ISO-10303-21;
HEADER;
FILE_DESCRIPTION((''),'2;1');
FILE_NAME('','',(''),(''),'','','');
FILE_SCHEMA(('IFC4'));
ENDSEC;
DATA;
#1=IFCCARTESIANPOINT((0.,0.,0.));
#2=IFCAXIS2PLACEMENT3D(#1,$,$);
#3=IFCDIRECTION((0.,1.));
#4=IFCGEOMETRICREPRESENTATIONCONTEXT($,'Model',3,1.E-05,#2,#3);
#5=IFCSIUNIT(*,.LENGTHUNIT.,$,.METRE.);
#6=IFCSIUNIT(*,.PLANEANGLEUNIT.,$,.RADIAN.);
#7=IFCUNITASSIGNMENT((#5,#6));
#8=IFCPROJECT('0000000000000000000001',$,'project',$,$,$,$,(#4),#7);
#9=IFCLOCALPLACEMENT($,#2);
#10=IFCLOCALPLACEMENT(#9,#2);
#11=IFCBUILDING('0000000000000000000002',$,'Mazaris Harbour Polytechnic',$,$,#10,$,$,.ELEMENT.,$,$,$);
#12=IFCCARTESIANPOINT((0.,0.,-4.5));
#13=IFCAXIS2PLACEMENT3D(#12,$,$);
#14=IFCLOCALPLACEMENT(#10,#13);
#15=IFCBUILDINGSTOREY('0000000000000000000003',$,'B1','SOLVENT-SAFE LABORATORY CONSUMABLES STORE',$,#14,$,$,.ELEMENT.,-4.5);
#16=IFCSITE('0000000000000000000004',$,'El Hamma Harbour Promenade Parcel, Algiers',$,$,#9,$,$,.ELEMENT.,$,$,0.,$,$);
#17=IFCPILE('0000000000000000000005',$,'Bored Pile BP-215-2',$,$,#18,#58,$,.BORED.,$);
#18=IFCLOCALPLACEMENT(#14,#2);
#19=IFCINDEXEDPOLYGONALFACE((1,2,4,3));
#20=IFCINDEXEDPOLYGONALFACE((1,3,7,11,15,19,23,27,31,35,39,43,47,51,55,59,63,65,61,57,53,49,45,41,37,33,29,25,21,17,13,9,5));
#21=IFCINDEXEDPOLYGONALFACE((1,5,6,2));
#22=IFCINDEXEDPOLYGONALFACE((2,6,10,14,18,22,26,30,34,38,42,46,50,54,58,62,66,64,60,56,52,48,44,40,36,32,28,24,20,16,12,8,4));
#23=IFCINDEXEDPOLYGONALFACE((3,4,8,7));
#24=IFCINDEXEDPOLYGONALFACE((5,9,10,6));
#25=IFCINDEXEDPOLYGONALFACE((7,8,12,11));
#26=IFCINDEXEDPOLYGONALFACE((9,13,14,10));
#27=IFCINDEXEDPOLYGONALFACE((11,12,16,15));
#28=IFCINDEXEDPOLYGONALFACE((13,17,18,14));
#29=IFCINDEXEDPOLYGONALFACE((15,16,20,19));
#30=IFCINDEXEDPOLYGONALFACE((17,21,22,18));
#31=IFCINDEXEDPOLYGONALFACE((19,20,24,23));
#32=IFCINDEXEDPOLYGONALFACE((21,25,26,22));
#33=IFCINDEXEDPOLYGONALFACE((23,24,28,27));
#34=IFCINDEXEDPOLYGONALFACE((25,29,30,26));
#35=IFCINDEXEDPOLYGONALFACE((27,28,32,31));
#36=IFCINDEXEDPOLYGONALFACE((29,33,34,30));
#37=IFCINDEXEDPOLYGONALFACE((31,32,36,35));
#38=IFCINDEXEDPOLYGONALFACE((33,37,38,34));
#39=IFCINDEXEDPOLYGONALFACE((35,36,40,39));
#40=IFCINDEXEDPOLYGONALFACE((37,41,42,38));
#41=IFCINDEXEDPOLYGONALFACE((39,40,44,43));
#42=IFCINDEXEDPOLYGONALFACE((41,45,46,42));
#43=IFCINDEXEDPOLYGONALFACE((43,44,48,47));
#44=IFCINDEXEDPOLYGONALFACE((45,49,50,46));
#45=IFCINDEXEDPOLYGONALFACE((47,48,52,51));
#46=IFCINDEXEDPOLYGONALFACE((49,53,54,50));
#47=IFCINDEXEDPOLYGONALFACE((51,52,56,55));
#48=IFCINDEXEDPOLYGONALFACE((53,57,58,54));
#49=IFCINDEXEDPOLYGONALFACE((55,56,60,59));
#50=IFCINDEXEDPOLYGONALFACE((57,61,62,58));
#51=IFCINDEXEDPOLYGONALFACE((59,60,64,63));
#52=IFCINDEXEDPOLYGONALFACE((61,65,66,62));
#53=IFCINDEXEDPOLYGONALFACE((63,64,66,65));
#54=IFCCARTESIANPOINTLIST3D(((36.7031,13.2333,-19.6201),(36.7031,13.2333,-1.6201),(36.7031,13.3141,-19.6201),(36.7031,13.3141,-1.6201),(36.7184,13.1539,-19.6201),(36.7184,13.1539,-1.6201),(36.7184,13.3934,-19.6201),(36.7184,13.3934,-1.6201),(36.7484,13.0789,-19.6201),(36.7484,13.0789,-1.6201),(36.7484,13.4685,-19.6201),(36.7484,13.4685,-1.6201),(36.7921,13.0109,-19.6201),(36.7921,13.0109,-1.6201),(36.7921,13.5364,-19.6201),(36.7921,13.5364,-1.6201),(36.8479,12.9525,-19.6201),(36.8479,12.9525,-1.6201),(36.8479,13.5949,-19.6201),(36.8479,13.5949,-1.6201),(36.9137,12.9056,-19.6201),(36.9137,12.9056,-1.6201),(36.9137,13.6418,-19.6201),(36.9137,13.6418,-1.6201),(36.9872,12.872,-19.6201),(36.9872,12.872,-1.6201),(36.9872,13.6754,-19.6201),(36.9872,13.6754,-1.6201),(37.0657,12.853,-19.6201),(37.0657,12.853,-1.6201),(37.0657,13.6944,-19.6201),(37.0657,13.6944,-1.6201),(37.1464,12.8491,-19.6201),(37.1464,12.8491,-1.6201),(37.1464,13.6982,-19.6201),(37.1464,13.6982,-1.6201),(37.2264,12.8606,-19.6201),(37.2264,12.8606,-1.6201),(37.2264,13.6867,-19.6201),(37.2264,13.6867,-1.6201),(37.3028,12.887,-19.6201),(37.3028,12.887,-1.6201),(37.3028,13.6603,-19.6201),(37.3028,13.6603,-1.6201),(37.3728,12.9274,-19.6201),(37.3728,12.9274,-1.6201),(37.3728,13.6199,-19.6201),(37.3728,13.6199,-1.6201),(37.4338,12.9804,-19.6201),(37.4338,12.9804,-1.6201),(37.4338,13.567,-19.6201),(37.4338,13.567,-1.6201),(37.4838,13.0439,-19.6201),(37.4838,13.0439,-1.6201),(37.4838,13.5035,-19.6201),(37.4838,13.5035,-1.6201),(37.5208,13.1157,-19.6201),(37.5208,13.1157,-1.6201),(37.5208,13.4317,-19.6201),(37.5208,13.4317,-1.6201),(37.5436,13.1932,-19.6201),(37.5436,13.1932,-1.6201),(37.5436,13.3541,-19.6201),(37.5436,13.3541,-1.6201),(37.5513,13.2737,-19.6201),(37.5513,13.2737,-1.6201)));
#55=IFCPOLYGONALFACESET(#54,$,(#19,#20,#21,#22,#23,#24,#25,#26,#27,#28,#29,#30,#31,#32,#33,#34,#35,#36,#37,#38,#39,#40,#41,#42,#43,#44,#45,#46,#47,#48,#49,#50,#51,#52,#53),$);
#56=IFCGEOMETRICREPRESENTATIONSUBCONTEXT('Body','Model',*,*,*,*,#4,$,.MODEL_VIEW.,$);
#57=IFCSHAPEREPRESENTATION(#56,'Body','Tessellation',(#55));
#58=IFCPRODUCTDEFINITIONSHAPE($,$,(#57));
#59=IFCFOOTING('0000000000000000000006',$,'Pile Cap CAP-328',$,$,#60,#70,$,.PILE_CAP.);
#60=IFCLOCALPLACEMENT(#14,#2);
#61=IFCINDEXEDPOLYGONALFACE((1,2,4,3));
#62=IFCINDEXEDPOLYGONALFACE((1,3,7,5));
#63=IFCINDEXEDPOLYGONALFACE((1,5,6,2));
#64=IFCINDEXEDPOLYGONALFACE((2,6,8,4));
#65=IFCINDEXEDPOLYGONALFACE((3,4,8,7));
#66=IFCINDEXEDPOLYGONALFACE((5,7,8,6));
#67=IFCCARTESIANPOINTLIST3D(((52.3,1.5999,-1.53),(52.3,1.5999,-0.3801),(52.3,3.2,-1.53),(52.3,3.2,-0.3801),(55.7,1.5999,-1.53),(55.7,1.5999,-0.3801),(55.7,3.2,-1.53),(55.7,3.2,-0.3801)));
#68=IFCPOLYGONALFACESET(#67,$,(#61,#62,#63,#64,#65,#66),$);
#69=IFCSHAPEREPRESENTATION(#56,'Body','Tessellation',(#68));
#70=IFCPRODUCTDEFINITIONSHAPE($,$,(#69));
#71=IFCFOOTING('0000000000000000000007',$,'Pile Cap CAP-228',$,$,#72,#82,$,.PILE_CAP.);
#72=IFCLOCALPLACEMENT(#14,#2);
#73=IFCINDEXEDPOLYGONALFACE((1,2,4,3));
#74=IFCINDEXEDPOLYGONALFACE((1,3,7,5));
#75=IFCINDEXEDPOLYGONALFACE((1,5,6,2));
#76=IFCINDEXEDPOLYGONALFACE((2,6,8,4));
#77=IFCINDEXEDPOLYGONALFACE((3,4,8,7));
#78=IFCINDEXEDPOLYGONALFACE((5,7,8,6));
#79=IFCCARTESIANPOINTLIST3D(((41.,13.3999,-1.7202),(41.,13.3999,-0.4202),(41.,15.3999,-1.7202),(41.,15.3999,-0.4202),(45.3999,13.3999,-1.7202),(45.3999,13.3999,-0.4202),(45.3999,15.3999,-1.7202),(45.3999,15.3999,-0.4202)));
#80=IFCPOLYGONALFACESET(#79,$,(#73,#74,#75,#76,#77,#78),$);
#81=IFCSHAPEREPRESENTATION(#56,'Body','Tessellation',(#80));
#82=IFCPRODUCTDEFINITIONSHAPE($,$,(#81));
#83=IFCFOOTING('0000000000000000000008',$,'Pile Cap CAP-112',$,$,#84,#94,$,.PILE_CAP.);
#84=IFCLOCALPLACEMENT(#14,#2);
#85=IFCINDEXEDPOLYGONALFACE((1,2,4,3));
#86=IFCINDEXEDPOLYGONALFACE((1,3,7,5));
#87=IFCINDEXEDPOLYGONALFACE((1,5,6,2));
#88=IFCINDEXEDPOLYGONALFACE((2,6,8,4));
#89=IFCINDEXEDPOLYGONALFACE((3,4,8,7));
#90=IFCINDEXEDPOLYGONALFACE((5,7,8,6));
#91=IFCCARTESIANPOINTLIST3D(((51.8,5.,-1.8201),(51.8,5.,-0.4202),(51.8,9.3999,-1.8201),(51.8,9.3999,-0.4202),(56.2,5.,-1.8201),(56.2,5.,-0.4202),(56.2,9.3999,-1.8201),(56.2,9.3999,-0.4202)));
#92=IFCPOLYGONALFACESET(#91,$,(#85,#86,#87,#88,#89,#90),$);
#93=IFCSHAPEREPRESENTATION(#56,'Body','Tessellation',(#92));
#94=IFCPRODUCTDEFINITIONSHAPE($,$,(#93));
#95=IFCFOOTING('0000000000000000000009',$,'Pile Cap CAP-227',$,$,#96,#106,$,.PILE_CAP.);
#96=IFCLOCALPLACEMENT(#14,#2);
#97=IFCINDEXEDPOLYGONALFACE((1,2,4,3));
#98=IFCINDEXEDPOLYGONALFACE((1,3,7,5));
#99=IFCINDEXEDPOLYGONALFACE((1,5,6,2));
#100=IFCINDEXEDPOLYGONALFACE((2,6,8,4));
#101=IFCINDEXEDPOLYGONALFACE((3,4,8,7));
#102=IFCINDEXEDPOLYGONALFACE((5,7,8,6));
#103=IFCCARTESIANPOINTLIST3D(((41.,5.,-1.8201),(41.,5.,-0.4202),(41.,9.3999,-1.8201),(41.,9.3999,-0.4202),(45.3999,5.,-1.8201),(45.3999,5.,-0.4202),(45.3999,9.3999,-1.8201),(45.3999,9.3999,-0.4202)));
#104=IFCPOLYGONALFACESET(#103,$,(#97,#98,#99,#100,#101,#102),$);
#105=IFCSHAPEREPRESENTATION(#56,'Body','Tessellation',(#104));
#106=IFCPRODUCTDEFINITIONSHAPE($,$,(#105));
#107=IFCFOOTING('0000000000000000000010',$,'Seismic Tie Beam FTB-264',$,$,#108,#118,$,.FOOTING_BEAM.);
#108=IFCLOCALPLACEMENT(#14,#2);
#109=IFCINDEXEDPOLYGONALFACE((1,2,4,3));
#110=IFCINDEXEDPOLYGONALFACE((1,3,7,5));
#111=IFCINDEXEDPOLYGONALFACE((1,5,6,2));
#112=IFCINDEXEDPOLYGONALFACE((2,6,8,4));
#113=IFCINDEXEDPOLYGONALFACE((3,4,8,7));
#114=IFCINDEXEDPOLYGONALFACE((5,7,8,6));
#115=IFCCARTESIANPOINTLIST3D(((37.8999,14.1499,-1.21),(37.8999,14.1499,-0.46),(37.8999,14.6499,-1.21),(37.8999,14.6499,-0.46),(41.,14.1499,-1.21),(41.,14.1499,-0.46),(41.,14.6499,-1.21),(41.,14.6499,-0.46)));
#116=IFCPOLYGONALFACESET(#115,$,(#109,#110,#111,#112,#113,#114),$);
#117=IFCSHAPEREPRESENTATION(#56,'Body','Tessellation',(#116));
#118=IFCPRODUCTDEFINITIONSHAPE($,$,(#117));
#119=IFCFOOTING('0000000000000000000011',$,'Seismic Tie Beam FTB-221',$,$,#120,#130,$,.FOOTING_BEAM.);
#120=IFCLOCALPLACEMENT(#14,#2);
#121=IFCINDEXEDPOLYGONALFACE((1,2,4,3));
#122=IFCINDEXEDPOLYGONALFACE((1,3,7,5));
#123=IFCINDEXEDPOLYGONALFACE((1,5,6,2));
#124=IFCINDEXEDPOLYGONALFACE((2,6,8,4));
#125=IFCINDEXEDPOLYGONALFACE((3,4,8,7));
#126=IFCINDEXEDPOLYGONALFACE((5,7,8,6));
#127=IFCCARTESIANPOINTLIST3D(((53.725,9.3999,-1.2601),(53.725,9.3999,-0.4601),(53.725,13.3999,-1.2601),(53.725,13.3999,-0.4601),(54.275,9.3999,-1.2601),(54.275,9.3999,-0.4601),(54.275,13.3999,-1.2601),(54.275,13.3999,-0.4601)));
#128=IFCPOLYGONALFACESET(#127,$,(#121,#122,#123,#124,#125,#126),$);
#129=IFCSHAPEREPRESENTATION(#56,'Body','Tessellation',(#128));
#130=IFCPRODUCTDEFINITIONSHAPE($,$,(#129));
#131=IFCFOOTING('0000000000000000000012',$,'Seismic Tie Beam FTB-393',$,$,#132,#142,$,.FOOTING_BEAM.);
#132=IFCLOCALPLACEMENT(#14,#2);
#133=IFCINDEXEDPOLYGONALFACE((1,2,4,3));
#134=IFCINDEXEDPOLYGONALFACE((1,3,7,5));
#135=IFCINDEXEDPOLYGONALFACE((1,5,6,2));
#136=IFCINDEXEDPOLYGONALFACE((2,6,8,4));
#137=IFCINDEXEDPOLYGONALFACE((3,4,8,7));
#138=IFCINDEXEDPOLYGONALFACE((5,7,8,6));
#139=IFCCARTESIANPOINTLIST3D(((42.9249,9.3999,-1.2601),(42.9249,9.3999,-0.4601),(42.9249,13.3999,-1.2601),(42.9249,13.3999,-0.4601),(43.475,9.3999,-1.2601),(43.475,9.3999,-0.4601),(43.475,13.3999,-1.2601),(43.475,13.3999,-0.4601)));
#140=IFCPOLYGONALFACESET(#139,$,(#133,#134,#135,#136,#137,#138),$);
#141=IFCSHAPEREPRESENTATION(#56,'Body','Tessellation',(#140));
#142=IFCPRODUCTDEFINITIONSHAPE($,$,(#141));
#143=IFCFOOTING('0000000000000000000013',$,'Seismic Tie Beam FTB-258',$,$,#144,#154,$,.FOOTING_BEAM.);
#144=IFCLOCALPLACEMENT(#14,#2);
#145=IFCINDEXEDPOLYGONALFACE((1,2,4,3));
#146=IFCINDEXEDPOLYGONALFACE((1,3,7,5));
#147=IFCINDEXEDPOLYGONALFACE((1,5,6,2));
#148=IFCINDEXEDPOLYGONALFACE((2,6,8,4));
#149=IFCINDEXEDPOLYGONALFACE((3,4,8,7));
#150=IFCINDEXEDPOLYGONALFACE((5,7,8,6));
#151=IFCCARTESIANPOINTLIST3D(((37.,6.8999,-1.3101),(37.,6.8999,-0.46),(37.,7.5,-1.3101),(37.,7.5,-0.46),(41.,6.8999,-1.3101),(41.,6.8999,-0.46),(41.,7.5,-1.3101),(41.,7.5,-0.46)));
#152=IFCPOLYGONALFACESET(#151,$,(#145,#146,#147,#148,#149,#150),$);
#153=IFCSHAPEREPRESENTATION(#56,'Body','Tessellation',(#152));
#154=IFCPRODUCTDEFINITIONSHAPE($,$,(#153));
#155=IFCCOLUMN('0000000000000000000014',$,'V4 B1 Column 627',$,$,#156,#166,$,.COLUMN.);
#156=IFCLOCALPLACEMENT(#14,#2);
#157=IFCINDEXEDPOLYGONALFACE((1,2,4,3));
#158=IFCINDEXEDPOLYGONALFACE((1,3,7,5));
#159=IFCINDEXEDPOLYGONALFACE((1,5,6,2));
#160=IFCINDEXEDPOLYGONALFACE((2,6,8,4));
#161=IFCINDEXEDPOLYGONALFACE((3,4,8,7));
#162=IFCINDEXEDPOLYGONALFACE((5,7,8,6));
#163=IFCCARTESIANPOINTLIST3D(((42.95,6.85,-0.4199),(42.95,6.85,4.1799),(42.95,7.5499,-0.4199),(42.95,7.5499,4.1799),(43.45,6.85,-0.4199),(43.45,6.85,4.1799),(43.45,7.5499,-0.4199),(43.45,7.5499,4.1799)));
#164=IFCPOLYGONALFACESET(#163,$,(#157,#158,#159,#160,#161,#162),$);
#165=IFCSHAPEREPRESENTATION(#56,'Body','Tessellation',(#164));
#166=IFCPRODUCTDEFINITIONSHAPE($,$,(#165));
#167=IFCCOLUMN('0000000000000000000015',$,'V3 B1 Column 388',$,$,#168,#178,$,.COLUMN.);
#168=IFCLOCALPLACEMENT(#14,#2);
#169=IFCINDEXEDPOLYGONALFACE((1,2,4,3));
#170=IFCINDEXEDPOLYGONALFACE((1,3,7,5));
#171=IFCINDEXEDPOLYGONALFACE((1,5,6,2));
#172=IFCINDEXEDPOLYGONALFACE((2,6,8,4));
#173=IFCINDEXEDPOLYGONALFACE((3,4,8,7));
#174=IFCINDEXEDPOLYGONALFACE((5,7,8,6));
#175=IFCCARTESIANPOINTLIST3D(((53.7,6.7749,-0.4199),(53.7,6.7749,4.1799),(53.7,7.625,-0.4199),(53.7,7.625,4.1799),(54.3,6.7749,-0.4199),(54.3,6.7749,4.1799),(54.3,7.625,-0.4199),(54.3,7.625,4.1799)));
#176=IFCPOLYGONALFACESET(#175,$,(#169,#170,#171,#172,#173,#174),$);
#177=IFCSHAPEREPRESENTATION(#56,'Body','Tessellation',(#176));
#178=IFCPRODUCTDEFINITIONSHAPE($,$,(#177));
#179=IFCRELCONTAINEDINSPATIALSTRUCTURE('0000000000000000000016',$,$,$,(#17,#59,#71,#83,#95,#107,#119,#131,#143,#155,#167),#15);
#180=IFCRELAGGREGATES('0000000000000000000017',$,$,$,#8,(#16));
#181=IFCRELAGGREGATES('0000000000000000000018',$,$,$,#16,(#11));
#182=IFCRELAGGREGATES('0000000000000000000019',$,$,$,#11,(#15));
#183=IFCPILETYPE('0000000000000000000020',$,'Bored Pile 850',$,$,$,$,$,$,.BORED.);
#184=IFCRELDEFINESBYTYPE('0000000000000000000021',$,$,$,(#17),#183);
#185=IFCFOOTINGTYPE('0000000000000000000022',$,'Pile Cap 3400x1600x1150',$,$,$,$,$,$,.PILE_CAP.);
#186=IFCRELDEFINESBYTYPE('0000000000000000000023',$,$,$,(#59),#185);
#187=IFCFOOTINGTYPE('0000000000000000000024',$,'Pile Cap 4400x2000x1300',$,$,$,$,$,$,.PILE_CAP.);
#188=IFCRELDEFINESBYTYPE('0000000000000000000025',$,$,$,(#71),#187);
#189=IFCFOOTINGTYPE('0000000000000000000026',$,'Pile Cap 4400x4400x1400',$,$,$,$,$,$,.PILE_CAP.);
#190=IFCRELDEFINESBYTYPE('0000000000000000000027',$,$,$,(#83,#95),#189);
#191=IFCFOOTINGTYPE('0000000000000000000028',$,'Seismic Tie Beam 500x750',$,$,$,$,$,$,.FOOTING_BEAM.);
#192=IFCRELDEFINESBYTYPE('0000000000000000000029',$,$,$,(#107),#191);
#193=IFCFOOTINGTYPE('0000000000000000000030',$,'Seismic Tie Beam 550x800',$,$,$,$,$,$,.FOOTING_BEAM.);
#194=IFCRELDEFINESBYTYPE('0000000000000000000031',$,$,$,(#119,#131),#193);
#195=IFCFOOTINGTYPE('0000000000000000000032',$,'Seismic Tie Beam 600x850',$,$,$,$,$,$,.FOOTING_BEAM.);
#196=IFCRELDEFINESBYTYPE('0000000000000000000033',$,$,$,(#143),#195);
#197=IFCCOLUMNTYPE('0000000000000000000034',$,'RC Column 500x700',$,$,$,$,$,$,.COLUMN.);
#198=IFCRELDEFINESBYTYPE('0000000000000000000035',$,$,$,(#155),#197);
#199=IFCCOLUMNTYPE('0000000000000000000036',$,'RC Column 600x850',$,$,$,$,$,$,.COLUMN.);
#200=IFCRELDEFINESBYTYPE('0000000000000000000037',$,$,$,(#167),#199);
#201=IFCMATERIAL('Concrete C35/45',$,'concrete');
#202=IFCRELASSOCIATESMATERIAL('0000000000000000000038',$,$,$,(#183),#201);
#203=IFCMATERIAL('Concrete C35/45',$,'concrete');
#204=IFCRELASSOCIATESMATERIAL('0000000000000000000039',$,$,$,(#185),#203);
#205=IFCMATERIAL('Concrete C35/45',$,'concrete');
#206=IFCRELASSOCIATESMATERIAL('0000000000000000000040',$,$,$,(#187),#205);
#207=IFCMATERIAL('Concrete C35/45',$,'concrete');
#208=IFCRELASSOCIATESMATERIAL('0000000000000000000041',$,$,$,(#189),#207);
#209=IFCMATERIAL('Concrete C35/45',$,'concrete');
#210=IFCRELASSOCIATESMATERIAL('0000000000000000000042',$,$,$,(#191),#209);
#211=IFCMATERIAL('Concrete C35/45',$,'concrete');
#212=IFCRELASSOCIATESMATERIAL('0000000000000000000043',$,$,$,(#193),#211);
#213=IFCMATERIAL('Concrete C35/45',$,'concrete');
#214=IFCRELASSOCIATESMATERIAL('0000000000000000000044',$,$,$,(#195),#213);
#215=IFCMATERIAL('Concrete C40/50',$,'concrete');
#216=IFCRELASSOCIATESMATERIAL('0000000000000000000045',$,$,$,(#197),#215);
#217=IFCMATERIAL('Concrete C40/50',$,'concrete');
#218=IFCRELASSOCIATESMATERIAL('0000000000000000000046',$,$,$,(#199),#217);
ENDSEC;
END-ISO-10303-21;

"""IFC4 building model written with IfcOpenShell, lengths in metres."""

from ifc_helpers import new_model, si_unit, direction, frame, origin, origin_2d, place, context, subcontext, project, spatial, rectangle, circle, extrude, material, material_profile, profile_set, type_object, element, save


model = new_model("IFC4")

# Units and contexts
model_context = context("Model", 3, precision=1e-05, world=origin(), true_north=direction((0.0, 1.0)))
body_context = subcontext(model_context, "Body", "Model", "MODEL_VIEW")
ifc_project = project(units=[si_unit("LENGTHUNIT", "METRE"), si_unit("PLANEANGLEUNIT", "RADIAN")], contexts=[model_context])

# Site, building, storey
site_placement = place(None, origin())
site = spatial("IfcSite", under=ifc_project, at=site_placement, Name="El Hamma Harbour Promenade Parcel, Algiers", CompositionType="ELEMENT", RefElevation=0.0)
building_placement = place(site_placement, origin())
building = spatial("IfcBuilding", under=site, at=building_placement, Name="Mazaris Harbour Polytechnic", CompositionType="ELEMENT")
storey_placement = place(building_placement, frame((0.0, 0.0, -4.5)))
storey = spatial("IfcBuildingStorey", under=building, at=storey_placement, Name="B1", Description="SOLVENT-SAFE LABORATORY CONSUMABLES STORE", CompositionType="ELEMENT", Elevation=-4.5)

# Pile
ifc_material_1 = material(Name="Concrete C35/45", Category="concrete")
ifc_material_profile_1 = material_profile(ifc_material_1, circle(Radius=0.425, at=origin_2d()), Name="DIA850")
ifc_profile_set_1 = profile_set([ifc_material_profile_1], Name="Concrete C35/45")
pile_type_1 = type_object("IfcPileType", Name="Bored Pile 850", PredefinedType="BORED", material=ifc_profile_set_1)
pile_1_placement = place(storey_placement, frame((37.1262, 13.2737, -1.6201), z_axis=(0.0, 0.0, -1.0), x_axis=(1.0, 0.0, 0.0)))
element("IfcPile", 1, at=pile_1_placement, inside=storey, type_object=pile_type_1, Name="Bored Pile BP-215-2", PredefinedType="BORED", context=body_context, shape_type="SweptSolid", body=[
    extrude(circle(Radius=0.425, at=origin_2d()), origin(), (0.0, 0.0, 1.0), 18.0),
])

# Footings
ifc_material_2 = material(Name="Concrete C35/45", Category="concrete")
footing_type_1 = type_object("IfcFootingType", Name="Pile Cap 3400x1600x1150", PredefinedType="PILE_CAP", material=ifc_material_2)
footing_1_placement = place(storey_placement, frame((54.0, 2.3999, -1.53), z_axis=(0.0, 0.0, 1.0), x_axis=(1.0, 0.0, 0.0)))
element("IfcFooting", 2, at=footing_1_placement, inside=storey, type_object=footing_type_1, Name="Pile Cap CAP-328", PredefinedType="PILE_CAP", context=body_context, shape_type="SweptSolid", body=[
    extrude(rectangle(XDim=3.3999, YDim=1.6001, at=origin_2d()), origin(), (0.0, 0.0, 1.0), 1.1499),
])
ifc_material_3 = material(Name="Concrete C35/45", Category="concrete")
footing_type_2 = type_object("IfcFootingType", Name="Pile Cap 4400x2000x1300", PredefinedType="PILE_CAP", material=ifc_material_3)
footing_2_placement = place(storey_placement, frame((43.2, 14.3999, -1.7202), z_axis=(0.0, 0.0, 1.0), x_axis=(1.0, 0.0, 0.0)))
element("IfcFooting", 3, at=footing_2_placement, inside=storey, type_object=footing_type_2, Name="Pile Cap CAP-228", PredefinedType="PILE_CAP", context=body_context, shape_type="SweptSolid", body=[
    extrude(rectangle(XDim=4.3999, YDim=2.0, at=origin_2d()), origin(), (0.0, 0.0, 1.0), 1.3),
])
ifc_material_4 = material(Name="Concrete C35/45", Category="concrete")
footing_type_3 = type_object("IfcFootingType", Name="Pile Cap 4400x4400x1400", PredefinedType="PILE_CAP", material=ifc_material_4)
for number, where, z_axis, x_axis, name in (
    (4, (54.0, 7.2, -1.8201), (0.0, 0.0, 1.0), (1.0, 0.0, 0.0), "Pile Cap CAP-112"),
    (5, (43.2, 7.2, -1.8201), (0.0, 0.0, 1.0), (1.0, 0.0, 0.0), "Pile Cap CAP-227"),
):
    element("IfcFooting", number, at=place(storey_placement, frame(where, z_axis=z_axis, x_axis=x_axis)), inside=storey, type_object=footing_type_3, Name=name, PredefinedType="PILE_CAP", context=body_context, shape_type="SweptSolid", body=[
        extrude(rectangle(XDim=4.3999, YDim=4.3999, at=origin_2d()), origin(), (0.0, 0.0, 1.0), 1.3999),
    ])
ifc_material_5 = material(Name="Concrete C35/45", Category="concrete")
ifc_material_profile_2 = material_profile(ifc_material_5, rectangle(XDim=0.5, YDim=0.75, at=origin_2d()), Name="RECT500x750")
ifc_profile_set_2 = profile_set([ifc_material_profile_2], Name="Concrete C35/45")
footing_type_4 = type_object("IfcFootingType", Name="Seismic Tie Beam 500x750", PredefinedType="FOOTING_BEAM", material=ifc_profile_set_2)
footing_3_placement = place(storey_placement, frame((37.8999, 14.3999, -0.835), z_axis=(1.0, 0.0, 0.0), x_axis=(0.0, 1.0, 0.0)))
element("IfcFooting", 6, at=footing_3_placement, inside=storey, type_object=footing_type_4, Name="Seismic Tie Beam FTB-264", PredefinedType="FOOTING_BEAM", context=body_context, shape_type="SweptSolid", body=[
    extrude(rectangle(XDim=0.5, YDim=0.75, at=origin_2d()), origin(), (0.0, 0.0, 1.0), 3.1001),
])
ifc_material_6 = material(Name="Concrete C35/45", Category="concrete")
ifc_material_profile_3 = material_profile(ifc_material_6, rectangle(XDim=0.55, YDim=0.8, at=origin_2d()), Name="RECT550x800")
ifc_profile_set_3 = profile_set([ifc_material_profile_3], Name="Concrete C35/45")
footing_type_5 = type_object("IfcFootingType", Name="Seismic Tie Beam 550x800", PredefinedType="FOOTING_BEAM", material=ifc_profile_set_3)
for number, where, z_axis, x_axis, name in (
    (7, (54.0, 9.3999, -0.8601), (0.0, 1.0, 0.0), (-1.0, 0.0, 0.0), "Seismic Tie Beam FTB-221"),
    (8, (43.2, 9.3999, -0.8601), (0.0, 1.0, 0.0), (-1.0, 0.0, 0.0), "Seismic Tie Beam FTB-393"),
):
    element("IfcFooting", number, at=place(storey_placement, frame(where, z_axis=z_axis, x_axis=x_axis)), inside=storey, type_object=footing_type_5, Name=name, PredefinedType="FOOTING_BEAM", context=body_context, shape_type="SweptSolid", body=[
        extrude(rectangle(XDim=0.55, YDim=0.8, at=origin_2d()), origin(), (0.0, 0.0, 1.0), 4.0),
    ])
ifc_material_7 = material(Name="Concrete C35/45", Category="concrete")
ifc_material_profile_4 = material_profile(ifc_material_7, rectangle(XDim=0.6001, YDim=0.8501, at=origin_2d()), Name="RECT600x850")
ifc_profile_set_4 = profile_set([ifc_material_profile_4], Name="Concrete C35/45")
footing_type_6 = type_object("IfcFootingType", Name="Seismic Tie Beam 600x850", PredefinedType="FOOTING_BEAM", material=ifc_profile_set_4)
footing_4_placement = place(storey_placement, frame((37.0, 7.2, -0.885), z_axis=(1.0, 0.0, 0.0), x_axis=(0.0, 1.0, 0.0)))
element("IfcFooting", 9, at=footing_4_placement, inside=storey, type_object=footing_type_6, Name="Seismic Tie Beam FTB-258", PredefinedType="FOOTING_BEAM", context=body_context, shape_type="SweptSolid", body=[
    extrude(rectangle(XDim=0.6001, YDim=0.8501, at=origin_2d()), origin(), (0.0, 0.0, 1.0), 4.0),
])

# Columns
ifc_material_8 = material(Name="Concrete C40/50", Category="concrete")
ifc_material_profile_5 = material_profile(ifc_material_8, rectangle(XDim=0.5, YDim=0.7, at=origin_2d()), Name="RECT500x700")
ifc_profile_set_5 = profile_set([ifc_material_profile_5], Name="Concrete C40/50")
column_type_1 = type_object("IfcColumnType", Name="RC Column 500x700", PredefinedType="COLUMN", material=ifc_profile_set_5)
column_1_placement = place(storey_placement, frame((43.2, 7.2, -0.4199), z_axis=(0.0, 0.0, 1.0), x_axis=(1.0, 0.0, 0.0)))
element("IfcColumn", 10, at=column_1_placement, inside=storey, type_object=column_type_1, Name="V4 B1 Column 627", PredefinedType="COLUMN", context=body_context, shape_type="SweptSolid", body=[
    extrude(rectangle(XDim=0.5, YDim=0.7, at=origin_2d()), origin(), (0.0, 0.0, 1.0), 4.5999),
])
ifc_material_9 = material(Name="Concrete C40/50", Category="concrete")
ifc_material_profile_6 = material_profile(ifc_material_9, rectangle(XDim=0.6001, YDim=0.8501, at=origin_2d()), Name="RECT600x850")
ifc_profile_set_6 = profile_set([ifc_material_profile_6], Name="Concrete C40/50")
column_type_2 = type_object("IfcColumnType", Name="RC Column 600x850", PredefinedType="COLUMN", material=ifc_profile_set_6)
for number, where, z_axis, x_axis, name in (
    (11, (54.0, 7.2, -0.4199), (0.0, 0.0, 1.0), (1.0, 0.0, 0.0), "V3 B1 Column 388"),
):
    element("IfcColumn", number, at=place(storey_placement, frame(where, z_axis=z_axis, x_axis=x_axis)), inside=storey, type_object=column_type_2, Name=name, PredefinedType="COLUMN", context=body_context, shape_type="SweptSolid", body=[
        extrude(rectangle(XDim=0.6001, YDim=0.8501, at=origin_2d()), origin(), (0.0, 0.0, 1.0), 4.5999),
    ])

save(model, "model.ifc")
